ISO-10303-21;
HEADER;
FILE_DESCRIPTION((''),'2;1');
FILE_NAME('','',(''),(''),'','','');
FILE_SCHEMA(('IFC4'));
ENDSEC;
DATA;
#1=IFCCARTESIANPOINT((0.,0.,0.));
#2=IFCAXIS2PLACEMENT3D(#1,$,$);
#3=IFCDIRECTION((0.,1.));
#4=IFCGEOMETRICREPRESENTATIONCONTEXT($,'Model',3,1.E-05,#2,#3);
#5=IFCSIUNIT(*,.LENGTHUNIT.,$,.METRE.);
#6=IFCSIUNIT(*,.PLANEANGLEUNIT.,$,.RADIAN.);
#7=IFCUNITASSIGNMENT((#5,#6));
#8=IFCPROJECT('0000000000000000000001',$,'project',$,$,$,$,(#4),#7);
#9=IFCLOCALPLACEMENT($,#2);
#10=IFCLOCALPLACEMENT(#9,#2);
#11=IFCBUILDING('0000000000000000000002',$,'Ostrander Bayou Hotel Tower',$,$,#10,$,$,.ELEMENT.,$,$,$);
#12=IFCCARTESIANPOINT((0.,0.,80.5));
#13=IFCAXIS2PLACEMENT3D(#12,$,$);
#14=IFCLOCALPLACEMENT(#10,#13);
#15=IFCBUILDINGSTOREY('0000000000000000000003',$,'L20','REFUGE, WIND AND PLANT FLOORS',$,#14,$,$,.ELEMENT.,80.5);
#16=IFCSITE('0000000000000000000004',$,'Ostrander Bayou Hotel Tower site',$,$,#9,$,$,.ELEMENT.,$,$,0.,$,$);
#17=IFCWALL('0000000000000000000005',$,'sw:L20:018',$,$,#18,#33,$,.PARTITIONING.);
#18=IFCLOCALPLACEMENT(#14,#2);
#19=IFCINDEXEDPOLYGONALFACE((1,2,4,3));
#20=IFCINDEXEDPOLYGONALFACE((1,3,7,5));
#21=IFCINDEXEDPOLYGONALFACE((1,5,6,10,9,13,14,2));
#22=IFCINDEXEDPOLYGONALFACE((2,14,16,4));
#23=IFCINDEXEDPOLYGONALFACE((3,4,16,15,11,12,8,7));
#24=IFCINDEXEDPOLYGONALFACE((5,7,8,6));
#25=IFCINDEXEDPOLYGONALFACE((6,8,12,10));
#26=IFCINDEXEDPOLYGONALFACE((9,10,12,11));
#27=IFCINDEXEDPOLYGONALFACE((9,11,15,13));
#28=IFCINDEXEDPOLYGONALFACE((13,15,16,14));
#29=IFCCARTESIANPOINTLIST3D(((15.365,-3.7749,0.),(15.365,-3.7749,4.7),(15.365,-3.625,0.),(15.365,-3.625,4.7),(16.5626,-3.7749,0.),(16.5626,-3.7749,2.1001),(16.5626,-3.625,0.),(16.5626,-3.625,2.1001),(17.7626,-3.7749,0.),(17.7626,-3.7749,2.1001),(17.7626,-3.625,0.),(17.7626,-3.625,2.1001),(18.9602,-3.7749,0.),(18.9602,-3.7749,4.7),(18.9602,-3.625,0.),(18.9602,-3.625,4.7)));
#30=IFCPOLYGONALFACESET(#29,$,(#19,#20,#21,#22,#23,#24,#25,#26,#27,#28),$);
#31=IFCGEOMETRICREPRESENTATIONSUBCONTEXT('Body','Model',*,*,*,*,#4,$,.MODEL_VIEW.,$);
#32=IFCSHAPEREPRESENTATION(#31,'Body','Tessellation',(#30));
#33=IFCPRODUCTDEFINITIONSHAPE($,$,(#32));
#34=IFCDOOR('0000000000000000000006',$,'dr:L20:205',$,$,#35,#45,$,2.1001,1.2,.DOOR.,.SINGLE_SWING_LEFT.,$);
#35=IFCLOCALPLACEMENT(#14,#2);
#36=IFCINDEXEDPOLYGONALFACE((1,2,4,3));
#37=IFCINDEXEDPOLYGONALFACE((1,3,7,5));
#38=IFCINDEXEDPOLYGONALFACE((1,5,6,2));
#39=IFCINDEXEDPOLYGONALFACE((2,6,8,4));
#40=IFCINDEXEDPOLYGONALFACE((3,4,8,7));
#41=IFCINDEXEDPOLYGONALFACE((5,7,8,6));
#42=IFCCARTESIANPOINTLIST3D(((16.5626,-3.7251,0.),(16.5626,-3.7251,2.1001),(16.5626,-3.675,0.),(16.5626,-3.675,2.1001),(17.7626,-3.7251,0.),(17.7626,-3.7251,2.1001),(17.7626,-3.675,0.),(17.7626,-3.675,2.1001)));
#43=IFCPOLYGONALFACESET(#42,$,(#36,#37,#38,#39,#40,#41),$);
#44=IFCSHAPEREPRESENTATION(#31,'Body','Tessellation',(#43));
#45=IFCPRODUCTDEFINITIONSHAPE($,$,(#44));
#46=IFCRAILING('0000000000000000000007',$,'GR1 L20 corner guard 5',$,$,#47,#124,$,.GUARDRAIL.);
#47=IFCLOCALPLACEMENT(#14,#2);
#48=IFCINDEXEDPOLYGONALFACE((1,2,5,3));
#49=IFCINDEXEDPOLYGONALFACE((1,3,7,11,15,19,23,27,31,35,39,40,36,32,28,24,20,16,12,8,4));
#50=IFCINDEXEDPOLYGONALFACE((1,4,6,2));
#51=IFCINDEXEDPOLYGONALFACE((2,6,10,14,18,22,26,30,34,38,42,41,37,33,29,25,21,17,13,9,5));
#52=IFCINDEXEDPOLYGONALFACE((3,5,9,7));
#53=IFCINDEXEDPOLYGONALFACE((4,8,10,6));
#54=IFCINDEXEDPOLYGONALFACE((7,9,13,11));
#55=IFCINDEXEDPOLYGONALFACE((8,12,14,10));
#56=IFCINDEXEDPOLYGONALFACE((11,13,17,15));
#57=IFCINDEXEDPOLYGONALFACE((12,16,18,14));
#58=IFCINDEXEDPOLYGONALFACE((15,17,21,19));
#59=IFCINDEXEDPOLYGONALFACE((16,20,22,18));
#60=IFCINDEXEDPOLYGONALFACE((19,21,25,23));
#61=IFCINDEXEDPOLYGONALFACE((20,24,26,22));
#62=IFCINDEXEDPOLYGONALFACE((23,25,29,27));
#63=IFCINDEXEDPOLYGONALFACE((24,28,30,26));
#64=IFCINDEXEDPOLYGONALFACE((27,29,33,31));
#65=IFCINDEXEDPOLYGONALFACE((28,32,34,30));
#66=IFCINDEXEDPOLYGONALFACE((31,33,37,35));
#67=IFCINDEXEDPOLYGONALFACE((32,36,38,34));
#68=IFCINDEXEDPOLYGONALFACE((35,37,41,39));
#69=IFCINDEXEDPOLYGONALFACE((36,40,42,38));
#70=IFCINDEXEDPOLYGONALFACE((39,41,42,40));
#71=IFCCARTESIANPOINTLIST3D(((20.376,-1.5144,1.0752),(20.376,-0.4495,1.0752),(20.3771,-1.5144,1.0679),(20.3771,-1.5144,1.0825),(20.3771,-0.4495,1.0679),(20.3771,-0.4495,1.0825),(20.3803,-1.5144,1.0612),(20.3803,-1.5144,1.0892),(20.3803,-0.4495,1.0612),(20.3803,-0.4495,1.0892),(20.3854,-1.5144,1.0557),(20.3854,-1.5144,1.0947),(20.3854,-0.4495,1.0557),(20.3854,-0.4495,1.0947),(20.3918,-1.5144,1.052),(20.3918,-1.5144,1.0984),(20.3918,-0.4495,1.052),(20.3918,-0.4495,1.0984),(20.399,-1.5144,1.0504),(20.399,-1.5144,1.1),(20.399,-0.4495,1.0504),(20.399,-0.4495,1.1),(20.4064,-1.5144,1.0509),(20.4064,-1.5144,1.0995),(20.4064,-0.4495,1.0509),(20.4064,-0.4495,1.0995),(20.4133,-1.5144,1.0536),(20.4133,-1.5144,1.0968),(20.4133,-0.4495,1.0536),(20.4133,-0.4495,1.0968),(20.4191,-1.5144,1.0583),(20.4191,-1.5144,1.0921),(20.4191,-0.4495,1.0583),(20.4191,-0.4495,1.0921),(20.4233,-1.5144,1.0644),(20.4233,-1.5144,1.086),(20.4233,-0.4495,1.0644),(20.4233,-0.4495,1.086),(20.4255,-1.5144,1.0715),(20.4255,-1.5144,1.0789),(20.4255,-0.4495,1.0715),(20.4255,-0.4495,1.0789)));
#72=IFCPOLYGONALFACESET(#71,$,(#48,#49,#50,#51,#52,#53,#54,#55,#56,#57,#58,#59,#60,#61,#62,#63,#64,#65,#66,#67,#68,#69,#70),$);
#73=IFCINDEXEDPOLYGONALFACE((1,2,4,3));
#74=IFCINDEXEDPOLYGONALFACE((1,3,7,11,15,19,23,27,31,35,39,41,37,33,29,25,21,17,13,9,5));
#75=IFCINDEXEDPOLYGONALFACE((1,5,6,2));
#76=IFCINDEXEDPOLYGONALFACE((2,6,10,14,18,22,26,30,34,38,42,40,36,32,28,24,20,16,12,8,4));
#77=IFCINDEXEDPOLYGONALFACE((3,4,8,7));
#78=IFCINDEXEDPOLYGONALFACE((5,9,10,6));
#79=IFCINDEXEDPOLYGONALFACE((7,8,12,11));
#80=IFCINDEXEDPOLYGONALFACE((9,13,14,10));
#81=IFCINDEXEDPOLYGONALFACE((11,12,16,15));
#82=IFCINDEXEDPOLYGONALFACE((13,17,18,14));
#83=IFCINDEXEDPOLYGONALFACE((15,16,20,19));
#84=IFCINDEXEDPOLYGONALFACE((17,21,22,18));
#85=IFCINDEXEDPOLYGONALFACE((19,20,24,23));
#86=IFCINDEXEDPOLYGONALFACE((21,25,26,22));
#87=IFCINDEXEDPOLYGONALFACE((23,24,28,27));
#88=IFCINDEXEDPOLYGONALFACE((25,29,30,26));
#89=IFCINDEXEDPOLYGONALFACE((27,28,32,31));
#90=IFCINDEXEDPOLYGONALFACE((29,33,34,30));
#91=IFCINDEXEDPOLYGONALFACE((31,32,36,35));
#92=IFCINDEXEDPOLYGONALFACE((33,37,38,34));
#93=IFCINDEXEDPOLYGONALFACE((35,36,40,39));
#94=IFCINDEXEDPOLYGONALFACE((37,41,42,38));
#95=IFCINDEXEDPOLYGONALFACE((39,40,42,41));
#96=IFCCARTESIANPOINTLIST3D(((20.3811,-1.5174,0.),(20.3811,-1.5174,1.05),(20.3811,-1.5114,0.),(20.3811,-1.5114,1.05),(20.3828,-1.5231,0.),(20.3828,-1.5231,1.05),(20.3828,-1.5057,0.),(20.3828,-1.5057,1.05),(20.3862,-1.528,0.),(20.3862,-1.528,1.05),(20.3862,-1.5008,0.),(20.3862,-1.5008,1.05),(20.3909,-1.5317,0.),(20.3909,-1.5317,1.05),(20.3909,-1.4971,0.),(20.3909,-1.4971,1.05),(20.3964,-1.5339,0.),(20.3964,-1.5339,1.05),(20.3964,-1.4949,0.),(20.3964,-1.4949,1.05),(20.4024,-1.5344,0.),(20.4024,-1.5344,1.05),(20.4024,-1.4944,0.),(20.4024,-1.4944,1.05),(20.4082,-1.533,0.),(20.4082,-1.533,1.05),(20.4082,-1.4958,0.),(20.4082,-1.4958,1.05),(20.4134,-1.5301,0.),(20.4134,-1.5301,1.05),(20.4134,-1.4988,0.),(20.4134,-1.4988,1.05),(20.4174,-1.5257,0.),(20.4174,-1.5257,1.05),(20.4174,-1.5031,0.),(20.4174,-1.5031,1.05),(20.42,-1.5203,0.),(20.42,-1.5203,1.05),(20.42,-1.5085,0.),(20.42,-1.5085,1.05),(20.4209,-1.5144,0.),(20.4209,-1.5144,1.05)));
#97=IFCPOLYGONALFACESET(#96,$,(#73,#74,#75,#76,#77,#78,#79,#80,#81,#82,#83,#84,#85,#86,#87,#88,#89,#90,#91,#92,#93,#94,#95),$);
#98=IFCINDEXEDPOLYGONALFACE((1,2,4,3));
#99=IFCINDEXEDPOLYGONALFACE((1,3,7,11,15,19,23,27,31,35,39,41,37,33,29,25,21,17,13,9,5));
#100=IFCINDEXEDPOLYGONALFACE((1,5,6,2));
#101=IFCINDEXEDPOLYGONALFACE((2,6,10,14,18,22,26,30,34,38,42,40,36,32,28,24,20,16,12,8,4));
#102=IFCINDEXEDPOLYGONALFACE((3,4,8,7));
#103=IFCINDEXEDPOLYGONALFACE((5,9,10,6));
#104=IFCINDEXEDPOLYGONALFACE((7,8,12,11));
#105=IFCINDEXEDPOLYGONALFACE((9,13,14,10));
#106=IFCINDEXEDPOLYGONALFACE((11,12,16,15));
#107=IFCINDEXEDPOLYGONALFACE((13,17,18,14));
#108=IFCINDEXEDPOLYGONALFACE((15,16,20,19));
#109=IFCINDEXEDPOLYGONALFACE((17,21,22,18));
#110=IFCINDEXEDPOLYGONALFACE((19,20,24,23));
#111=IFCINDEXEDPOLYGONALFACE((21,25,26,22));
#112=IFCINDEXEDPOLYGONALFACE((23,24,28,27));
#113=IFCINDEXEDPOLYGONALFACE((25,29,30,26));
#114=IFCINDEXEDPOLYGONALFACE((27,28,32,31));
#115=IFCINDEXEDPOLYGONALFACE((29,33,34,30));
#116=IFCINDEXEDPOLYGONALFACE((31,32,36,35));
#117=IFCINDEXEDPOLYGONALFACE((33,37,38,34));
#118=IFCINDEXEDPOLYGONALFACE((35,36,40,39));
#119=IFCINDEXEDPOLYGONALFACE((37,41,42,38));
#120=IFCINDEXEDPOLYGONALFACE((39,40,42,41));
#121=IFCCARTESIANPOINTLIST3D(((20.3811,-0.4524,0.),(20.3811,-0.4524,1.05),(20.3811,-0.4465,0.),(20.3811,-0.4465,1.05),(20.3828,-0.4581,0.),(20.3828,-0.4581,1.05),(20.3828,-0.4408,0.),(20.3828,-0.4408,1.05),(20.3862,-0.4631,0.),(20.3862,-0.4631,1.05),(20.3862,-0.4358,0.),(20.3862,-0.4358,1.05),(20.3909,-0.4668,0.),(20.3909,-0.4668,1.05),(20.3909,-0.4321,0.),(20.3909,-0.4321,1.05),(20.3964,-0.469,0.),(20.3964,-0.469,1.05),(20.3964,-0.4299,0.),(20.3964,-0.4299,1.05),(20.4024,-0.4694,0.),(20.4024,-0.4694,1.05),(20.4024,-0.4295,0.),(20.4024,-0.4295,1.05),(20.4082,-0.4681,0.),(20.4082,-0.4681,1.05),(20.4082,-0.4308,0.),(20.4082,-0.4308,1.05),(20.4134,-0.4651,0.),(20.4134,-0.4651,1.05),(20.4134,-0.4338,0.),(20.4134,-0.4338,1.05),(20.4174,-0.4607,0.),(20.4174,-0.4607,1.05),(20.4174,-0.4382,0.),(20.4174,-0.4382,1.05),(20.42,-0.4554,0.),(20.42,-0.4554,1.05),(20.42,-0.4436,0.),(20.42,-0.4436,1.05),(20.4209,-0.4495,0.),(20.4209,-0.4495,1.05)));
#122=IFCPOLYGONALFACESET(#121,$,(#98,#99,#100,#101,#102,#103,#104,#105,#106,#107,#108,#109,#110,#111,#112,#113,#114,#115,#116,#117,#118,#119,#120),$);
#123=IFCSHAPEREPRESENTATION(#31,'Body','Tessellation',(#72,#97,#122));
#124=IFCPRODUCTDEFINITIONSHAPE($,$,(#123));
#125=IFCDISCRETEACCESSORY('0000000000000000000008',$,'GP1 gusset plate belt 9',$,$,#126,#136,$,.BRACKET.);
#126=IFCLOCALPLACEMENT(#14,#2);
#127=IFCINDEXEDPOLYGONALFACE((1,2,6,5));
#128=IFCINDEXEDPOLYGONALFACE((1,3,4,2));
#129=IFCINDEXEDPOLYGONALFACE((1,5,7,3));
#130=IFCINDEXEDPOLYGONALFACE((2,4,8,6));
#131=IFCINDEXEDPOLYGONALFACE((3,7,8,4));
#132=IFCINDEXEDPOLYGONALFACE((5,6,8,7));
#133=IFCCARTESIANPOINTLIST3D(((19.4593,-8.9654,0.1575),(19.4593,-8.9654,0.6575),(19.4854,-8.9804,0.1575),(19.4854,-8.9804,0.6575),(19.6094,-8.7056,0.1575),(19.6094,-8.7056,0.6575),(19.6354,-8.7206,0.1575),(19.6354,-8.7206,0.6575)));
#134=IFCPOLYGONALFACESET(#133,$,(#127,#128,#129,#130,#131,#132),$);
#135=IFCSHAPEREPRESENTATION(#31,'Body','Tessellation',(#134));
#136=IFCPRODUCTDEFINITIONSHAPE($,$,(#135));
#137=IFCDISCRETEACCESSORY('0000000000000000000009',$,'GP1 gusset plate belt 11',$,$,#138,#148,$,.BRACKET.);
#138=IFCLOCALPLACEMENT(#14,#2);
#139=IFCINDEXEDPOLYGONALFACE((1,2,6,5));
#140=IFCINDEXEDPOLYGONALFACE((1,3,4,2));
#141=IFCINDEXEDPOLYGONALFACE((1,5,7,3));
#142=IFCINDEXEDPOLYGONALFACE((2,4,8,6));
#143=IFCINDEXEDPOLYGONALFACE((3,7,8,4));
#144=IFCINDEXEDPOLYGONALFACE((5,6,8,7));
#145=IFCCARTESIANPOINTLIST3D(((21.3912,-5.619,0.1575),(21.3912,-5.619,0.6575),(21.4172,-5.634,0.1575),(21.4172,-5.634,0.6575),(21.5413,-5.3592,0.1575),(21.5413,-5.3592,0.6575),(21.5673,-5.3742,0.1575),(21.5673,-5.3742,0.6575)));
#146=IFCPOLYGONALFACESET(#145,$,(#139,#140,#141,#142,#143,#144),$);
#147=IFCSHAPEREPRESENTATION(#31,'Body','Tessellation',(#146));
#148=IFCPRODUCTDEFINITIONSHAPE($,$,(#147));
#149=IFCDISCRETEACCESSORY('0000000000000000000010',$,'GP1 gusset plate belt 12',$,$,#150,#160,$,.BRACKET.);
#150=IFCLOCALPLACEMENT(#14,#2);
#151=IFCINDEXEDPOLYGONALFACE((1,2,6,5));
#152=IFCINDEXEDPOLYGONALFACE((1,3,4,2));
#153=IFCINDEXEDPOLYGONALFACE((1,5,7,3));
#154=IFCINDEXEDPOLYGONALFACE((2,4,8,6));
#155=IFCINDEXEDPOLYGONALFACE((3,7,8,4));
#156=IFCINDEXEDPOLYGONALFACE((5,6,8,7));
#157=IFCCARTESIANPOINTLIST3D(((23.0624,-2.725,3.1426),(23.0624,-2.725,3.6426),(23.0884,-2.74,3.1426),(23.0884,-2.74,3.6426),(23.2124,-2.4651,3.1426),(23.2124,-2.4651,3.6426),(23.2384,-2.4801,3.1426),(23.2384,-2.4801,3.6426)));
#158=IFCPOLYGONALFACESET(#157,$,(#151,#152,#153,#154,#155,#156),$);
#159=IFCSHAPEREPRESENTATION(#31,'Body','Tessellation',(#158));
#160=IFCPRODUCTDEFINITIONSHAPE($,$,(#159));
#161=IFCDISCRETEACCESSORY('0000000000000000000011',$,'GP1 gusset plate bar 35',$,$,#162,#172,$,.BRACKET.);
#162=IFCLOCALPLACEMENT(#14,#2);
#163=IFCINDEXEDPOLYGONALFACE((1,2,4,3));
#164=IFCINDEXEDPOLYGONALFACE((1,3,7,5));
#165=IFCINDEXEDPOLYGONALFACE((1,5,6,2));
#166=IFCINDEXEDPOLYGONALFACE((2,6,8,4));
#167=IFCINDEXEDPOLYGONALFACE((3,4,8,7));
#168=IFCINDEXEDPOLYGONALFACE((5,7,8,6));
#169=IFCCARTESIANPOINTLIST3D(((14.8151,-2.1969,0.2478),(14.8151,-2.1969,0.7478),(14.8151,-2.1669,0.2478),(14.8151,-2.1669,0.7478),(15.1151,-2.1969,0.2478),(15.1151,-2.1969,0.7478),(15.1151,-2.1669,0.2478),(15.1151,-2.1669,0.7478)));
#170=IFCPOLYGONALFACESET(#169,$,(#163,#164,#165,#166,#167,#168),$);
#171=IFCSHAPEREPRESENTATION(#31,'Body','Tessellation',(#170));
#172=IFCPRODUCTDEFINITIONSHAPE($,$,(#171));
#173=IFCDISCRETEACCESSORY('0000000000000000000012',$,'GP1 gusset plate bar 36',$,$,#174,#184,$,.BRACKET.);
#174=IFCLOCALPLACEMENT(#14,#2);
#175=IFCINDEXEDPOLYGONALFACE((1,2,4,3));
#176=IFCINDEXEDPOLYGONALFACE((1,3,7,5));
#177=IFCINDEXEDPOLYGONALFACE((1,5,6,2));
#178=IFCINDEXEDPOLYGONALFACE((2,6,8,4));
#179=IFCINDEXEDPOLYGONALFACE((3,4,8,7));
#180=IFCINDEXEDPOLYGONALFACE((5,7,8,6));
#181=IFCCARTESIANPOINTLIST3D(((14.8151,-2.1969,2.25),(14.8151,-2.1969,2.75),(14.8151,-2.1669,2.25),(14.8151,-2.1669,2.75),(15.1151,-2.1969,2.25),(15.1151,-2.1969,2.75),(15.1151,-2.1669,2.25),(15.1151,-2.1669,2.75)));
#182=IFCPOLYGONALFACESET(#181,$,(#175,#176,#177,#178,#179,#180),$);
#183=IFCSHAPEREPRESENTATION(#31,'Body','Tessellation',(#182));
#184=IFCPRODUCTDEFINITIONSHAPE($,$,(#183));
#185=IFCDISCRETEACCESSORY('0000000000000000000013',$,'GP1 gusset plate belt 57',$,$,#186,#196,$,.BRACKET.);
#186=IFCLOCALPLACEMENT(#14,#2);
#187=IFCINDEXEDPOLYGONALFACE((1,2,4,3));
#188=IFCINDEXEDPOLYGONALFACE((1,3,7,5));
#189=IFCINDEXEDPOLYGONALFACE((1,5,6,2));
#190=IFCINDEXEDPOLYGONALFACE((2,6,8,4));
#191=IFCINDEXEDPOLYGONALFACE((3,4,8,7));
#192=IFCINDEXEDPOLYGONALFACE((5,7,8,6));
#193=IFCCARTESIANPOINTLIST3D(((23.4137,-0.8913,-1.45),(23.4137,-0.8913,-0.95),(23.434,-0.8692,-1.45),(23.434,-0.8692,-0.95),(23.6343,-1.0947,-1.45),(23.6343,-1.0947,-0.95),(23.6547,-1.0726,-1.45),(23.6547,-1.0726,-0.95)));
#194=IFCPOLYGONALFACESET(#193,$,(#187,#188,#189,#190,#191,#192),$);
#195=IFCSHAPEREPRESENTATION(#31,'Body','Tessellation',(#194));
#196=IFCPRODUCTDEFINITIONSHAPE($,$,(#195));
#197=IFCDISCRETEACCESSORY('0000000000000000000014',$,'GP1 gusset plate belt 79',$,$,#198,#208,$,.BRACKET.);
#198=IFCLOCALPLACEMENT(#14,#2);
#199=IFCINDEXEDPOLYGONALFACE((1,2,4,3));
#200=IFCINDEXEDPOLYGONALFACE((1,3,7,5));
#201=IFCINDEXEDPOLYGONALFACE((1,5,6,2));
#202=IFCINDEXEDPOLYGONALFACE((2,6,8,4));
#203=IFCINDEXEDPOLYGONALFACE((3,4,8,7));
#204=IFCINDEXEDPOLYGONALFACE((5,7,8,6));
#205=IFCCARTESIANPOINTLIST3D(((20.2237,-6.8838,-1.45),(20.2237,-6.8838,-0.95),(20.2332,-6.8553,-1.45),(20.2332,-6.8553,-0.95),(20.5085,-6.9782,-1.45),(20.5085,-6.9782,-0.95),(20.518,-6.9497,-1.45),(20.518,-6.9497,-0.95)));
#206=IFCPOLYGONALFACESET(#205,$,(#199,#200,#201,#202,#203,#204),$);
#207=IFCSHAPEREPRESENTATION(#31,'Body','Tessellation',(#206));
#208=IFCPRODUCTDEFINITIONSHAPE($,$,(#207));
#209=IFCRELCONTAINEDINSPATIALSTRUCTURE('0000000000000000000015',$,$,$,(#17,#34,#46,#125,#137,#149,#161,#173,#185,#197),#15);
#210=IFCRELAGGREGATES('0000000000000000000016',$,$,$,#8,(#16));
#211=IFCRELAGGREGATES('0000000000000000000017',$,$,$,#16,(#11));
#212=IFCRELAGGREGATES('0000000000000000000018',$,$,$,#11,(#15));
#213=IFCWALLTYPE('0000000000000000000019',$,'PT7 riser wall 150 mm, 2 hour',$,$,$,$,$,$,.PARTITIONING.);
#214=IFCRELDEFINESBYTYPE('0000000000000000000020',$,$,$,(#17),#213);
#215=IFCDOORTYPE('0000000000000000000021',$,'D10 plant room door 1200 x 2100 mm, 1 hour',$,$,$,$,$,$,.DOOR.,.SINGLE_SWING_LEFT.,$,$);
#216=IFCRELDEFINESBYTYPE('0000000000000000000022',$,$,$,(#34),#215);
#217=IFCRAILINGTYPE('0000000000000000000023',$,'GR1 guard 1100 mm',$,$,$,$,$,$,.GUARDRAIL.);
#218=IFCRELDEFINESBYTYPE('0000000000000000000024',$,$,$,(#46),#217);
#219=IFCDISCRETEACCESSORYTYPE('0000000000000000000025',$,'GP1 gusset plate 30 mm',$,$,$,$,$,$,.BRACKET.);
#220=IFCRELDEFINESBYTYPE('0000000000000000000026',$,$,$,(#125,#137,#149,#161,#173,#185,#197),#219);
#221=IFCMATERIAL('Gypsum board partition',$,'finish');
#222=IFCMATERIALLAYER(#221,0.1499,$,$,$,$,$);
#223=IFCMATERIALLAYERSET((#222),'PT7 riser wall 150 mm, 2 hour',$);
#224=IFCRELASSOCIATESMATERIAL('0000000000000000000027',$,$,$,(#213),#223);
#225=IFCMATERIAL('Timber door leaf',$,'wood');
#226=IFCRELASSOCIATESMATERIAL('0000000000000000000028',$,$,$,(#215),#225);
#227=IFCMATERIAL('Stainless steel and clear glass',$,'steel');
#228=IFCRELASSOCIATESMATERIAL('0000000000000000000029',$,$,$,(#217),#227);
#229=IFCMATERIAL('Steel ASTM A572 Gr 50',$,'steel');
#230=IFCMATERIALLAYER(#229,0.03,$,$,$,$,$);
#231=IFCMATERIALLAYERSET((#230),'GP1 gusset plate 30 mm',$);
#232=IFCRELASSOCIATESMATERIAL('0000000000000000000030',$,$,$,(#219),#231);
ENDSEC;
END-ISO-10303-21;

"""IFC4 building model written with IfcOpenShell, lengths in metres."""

from ifc_helpers import new_model, si_unit, direction, frame, frame_2d, origin, origin_2d, place, context, subcontext, project, spatial, rectangle, circle, extrude, material, layer, layer_set, type_object, element, fill, save


model = new_model("IFC4")

# Units and contexts
model_context = context("Model", 3, precision=1e-05, world=origin(), true_north=direction((0.0, 1.0)))
body_context = subcontext(model_context, "Body", "Model", "MODEL_VIEW")
ifc_project = project(units=[si_unit("LENGTHUNIT", "METRE"), si_unit("PLANEANGLEUNIT", "RADIAN")], contexts=[model_context])

# Site, building, storey
site_placement = place(None, origin())
site = spatial("IfcSite", under=ifc_project, at=site_placement, Name="Ostrander Bayou Hotel Tower site", CompositionType="ELEMENT", RefElevation=0.0)
building_placement = place(site_placement, origin())
building = spatial("IfcBuilding", under=site, at=building_placement, Name="Ostrander Bayou Hotel Tower", CompositionType="ELEMENT")
storey_placement = place(building_placement, frame((0.0, 0.0, 80.5)))
storey = spatial("IfcBuildingStorey", under=building, at=storey_placement, Name="L20", Description="REFUGE, WIND AND PLANT FLOORS", CompositionType="ELEMENT", Elevation=80.5)

# Wall, opening, door
ifc_material_1 = material(Name="Gypsum board partition", Category="finish")
ifc_layer_1 = layer(ifc_material_1, 0.1499)
ifc_layer_set_1 = layer_set([ifc_layer_1], Name="PT7 riser wall 150 mm, 2 hour")
wall_type_1 = type_object("IfcWallType", Name="PT7 riser wall 150 mm, 2 hour", PredefinedType="PARTITIONING", material=ifc_layer_set_1)
wall_1_placement = place(storey_placement, frame((15.365, -3.7, 0.0), z_axis=(0.0, 0.0, 1.0), x_axis=(1.0, 0.0, 0.0)))
wall_1 = element("IfcWall", 1, at=wall_1_placement, inside=storey, type_object=wall_type_1, Name="sw:L20:018", PredefinedType="PARTITIONING", context=body_context, shape_type="SweptSolid", body=[
    extrude(rectangle(XDim=3.5952, YDim=0.1499, at=frame_2d((1.7976, 0.0))), origin(), (0.0, 0.0, 1.0), 4.7),
])
opening_1_placement = place(wall_1_placement, frame((1.1975, 0.0, 0.0)))
opening_1 = element("IfcOpeningElement", 2, at=opening_1_placement, cuts=wall_1, PredefinedType="OPENING", context=body_context, shape_type="SweptSolid", body=[
    extrude(rectangle(XDim=1.2, YDim=2.1001, at=frame_2d((0.6001, 1.05))), frame((0.0, 0.075, 0.0), z_axis=(0.0, -1.0, 0.0), x_axis=(1.0, 0.0, 0.0)), (0.0, 0.0, 1.0), 0.1499),
])
ifc_material_2 = material(Name="Timber door leaf", Category="wood")
door_type_1 = type_object("IfcDoorType", Name="D10 plant room door 1200 x 2100 mm, 1 hour", OperationType="SINGLE_SWING_LEFT", PredefinedType="DOOR", material=ifc_material_2)
door_1_placement = place(opening_1_placement, origin())
door_1 = element("IfcDoor", 3, at=door_1_placement, inside=storey, type_object=door_type_1, Name="dr:L20:205", OperationType="SINGLE_SWING_LEFT", OverallHeight=2.1001, OverallWidth=1.2, PredefinedType="DOOR", context=body_context, shape_type="SweptSolid", body=[
    extrude(rectangle(XDim=1.2, YDim=2.1001, at=frame_2d((0.6001, 1.05))), frame((0.0, 0.0249, 0.0), z_axis=(0.0, -1.0, 0.0), x_axis=(1.0, 0.0, 0.0)), (0.0, 0.0, 1.0), 0.05),
])
fill(opening_1, door_1)

# Railing
ifc_material_3 = material(Name="Stainless steel and clear glass", Category="steel")
railing_type = type_object("IfcRailingType", Name="GR1 guard 1100 mm", PredefinedType="GUARDRAIL", material=ifc_material_3)
railing_1_placement = place(storey_placement, frame((20.4009, -1.5144, 0.0)))
element("IfcRailing", 4, at=railing_1_placement, inside=storey, type_object=railing_type, Name="GR1 L20 corner guard 5", PredefinedType="GUARDRAIL", context=body_context, shape_type="SweptSolid", body=[
    extrude(circle(Radius=0.0249, at=origin_2d()), frame((0.0, 0.0, 1.0752), z_axis=(0.0, 1.0, 0.0), x_axis=(-1.0, 0.0, 0.0)), (0.0, 0.0, 1.0), 1.0649),
    extrude(circle(Radius=0.02, at=origin_2d()), origin(), (0.0, 0.0, 1.0), 1.05),
    extrude(circle(Radius=0.02, at=origin_2d()), frame((0.0, 1.0649, 0.0)), (0.0, 0.0, 1.0), 1.05),
])

# Discrete accessories
ifc_material_4 = material(Name="Steel ASTM A572 Gr 50", Category="steel")
ifc_layer_2 = layer(ifc_material_4, 0.03)
ifc_layer_set_2 = layer_set([ifc_layer_2], Name="GP1 gusset plate 30 mm")
discrete_accessory_type = type_object("IfcDiscreteAccessoryType", Name="GP1 gusset plate 30 mm", PredefinedType="BRACKET", material=ifc_layer_set_2)
for number, where, z_axis, x_axis, name in (
    (5, (19.5474, -8.843, 0.1575), (0.0, 0.0, 1.0), (-0.5, -0.866025, 0.0), "GP1 gusset plate belt 9"),
    (6, (21.4792, -5.4966, 0.1575), (0.0, 0.0, 1.0), (0.500015, 0.866017, 0.0), "GP1 gusset plate belt 11"),
    (7, (23.1504, -2.6025, 3.1426), (0.0, 0.0, 1.0), (0.500015, 0.866017, 0.0), "GP1 gusset plate belt 12"),
    (8, (14.9651, -2.1819, 0.2478), (0.0, 0.0, 1.0), (1.0, 0.0, 0.0), "GP1 gusset plate bar 35"),
    (9, (14.9651, -2.1819, 2.25), (0.0, 0.0, 1.0), (1.0, 0.0, 0.0), "GP1 gusset plate bar 36"),
    (10, (23.5342, -0.9819, -1.45), (0.0, 0.0, 1.0), (-0.73527, 0.677775, 0.0), "GP1 gusset plate belt 57"),
    (11, (20.3708, -6.9167, -1.45), (0.0, 0.0, 1.0), (-0.949151, 0.314821, 0.0), "GP1 gusset plate belt 79"),
):
    element("IfcDiscreteAccessory", number, at=place(storey_placement, frame(where, z_axis=z_axis, x_axis=x_axis)), inside=storey, type_object=discrete_accessory_type, Name=name, PredefinedType="BRACKET", context=body_context, shape_type="SweptSolid", body=[
        extrude(rectangle(XDim=0.3, YDim=0.03, at=origin_2d()), origin(), (0.0, 0.0, 1.0), 0.5),
    ])

save(model, "model.ifc")
